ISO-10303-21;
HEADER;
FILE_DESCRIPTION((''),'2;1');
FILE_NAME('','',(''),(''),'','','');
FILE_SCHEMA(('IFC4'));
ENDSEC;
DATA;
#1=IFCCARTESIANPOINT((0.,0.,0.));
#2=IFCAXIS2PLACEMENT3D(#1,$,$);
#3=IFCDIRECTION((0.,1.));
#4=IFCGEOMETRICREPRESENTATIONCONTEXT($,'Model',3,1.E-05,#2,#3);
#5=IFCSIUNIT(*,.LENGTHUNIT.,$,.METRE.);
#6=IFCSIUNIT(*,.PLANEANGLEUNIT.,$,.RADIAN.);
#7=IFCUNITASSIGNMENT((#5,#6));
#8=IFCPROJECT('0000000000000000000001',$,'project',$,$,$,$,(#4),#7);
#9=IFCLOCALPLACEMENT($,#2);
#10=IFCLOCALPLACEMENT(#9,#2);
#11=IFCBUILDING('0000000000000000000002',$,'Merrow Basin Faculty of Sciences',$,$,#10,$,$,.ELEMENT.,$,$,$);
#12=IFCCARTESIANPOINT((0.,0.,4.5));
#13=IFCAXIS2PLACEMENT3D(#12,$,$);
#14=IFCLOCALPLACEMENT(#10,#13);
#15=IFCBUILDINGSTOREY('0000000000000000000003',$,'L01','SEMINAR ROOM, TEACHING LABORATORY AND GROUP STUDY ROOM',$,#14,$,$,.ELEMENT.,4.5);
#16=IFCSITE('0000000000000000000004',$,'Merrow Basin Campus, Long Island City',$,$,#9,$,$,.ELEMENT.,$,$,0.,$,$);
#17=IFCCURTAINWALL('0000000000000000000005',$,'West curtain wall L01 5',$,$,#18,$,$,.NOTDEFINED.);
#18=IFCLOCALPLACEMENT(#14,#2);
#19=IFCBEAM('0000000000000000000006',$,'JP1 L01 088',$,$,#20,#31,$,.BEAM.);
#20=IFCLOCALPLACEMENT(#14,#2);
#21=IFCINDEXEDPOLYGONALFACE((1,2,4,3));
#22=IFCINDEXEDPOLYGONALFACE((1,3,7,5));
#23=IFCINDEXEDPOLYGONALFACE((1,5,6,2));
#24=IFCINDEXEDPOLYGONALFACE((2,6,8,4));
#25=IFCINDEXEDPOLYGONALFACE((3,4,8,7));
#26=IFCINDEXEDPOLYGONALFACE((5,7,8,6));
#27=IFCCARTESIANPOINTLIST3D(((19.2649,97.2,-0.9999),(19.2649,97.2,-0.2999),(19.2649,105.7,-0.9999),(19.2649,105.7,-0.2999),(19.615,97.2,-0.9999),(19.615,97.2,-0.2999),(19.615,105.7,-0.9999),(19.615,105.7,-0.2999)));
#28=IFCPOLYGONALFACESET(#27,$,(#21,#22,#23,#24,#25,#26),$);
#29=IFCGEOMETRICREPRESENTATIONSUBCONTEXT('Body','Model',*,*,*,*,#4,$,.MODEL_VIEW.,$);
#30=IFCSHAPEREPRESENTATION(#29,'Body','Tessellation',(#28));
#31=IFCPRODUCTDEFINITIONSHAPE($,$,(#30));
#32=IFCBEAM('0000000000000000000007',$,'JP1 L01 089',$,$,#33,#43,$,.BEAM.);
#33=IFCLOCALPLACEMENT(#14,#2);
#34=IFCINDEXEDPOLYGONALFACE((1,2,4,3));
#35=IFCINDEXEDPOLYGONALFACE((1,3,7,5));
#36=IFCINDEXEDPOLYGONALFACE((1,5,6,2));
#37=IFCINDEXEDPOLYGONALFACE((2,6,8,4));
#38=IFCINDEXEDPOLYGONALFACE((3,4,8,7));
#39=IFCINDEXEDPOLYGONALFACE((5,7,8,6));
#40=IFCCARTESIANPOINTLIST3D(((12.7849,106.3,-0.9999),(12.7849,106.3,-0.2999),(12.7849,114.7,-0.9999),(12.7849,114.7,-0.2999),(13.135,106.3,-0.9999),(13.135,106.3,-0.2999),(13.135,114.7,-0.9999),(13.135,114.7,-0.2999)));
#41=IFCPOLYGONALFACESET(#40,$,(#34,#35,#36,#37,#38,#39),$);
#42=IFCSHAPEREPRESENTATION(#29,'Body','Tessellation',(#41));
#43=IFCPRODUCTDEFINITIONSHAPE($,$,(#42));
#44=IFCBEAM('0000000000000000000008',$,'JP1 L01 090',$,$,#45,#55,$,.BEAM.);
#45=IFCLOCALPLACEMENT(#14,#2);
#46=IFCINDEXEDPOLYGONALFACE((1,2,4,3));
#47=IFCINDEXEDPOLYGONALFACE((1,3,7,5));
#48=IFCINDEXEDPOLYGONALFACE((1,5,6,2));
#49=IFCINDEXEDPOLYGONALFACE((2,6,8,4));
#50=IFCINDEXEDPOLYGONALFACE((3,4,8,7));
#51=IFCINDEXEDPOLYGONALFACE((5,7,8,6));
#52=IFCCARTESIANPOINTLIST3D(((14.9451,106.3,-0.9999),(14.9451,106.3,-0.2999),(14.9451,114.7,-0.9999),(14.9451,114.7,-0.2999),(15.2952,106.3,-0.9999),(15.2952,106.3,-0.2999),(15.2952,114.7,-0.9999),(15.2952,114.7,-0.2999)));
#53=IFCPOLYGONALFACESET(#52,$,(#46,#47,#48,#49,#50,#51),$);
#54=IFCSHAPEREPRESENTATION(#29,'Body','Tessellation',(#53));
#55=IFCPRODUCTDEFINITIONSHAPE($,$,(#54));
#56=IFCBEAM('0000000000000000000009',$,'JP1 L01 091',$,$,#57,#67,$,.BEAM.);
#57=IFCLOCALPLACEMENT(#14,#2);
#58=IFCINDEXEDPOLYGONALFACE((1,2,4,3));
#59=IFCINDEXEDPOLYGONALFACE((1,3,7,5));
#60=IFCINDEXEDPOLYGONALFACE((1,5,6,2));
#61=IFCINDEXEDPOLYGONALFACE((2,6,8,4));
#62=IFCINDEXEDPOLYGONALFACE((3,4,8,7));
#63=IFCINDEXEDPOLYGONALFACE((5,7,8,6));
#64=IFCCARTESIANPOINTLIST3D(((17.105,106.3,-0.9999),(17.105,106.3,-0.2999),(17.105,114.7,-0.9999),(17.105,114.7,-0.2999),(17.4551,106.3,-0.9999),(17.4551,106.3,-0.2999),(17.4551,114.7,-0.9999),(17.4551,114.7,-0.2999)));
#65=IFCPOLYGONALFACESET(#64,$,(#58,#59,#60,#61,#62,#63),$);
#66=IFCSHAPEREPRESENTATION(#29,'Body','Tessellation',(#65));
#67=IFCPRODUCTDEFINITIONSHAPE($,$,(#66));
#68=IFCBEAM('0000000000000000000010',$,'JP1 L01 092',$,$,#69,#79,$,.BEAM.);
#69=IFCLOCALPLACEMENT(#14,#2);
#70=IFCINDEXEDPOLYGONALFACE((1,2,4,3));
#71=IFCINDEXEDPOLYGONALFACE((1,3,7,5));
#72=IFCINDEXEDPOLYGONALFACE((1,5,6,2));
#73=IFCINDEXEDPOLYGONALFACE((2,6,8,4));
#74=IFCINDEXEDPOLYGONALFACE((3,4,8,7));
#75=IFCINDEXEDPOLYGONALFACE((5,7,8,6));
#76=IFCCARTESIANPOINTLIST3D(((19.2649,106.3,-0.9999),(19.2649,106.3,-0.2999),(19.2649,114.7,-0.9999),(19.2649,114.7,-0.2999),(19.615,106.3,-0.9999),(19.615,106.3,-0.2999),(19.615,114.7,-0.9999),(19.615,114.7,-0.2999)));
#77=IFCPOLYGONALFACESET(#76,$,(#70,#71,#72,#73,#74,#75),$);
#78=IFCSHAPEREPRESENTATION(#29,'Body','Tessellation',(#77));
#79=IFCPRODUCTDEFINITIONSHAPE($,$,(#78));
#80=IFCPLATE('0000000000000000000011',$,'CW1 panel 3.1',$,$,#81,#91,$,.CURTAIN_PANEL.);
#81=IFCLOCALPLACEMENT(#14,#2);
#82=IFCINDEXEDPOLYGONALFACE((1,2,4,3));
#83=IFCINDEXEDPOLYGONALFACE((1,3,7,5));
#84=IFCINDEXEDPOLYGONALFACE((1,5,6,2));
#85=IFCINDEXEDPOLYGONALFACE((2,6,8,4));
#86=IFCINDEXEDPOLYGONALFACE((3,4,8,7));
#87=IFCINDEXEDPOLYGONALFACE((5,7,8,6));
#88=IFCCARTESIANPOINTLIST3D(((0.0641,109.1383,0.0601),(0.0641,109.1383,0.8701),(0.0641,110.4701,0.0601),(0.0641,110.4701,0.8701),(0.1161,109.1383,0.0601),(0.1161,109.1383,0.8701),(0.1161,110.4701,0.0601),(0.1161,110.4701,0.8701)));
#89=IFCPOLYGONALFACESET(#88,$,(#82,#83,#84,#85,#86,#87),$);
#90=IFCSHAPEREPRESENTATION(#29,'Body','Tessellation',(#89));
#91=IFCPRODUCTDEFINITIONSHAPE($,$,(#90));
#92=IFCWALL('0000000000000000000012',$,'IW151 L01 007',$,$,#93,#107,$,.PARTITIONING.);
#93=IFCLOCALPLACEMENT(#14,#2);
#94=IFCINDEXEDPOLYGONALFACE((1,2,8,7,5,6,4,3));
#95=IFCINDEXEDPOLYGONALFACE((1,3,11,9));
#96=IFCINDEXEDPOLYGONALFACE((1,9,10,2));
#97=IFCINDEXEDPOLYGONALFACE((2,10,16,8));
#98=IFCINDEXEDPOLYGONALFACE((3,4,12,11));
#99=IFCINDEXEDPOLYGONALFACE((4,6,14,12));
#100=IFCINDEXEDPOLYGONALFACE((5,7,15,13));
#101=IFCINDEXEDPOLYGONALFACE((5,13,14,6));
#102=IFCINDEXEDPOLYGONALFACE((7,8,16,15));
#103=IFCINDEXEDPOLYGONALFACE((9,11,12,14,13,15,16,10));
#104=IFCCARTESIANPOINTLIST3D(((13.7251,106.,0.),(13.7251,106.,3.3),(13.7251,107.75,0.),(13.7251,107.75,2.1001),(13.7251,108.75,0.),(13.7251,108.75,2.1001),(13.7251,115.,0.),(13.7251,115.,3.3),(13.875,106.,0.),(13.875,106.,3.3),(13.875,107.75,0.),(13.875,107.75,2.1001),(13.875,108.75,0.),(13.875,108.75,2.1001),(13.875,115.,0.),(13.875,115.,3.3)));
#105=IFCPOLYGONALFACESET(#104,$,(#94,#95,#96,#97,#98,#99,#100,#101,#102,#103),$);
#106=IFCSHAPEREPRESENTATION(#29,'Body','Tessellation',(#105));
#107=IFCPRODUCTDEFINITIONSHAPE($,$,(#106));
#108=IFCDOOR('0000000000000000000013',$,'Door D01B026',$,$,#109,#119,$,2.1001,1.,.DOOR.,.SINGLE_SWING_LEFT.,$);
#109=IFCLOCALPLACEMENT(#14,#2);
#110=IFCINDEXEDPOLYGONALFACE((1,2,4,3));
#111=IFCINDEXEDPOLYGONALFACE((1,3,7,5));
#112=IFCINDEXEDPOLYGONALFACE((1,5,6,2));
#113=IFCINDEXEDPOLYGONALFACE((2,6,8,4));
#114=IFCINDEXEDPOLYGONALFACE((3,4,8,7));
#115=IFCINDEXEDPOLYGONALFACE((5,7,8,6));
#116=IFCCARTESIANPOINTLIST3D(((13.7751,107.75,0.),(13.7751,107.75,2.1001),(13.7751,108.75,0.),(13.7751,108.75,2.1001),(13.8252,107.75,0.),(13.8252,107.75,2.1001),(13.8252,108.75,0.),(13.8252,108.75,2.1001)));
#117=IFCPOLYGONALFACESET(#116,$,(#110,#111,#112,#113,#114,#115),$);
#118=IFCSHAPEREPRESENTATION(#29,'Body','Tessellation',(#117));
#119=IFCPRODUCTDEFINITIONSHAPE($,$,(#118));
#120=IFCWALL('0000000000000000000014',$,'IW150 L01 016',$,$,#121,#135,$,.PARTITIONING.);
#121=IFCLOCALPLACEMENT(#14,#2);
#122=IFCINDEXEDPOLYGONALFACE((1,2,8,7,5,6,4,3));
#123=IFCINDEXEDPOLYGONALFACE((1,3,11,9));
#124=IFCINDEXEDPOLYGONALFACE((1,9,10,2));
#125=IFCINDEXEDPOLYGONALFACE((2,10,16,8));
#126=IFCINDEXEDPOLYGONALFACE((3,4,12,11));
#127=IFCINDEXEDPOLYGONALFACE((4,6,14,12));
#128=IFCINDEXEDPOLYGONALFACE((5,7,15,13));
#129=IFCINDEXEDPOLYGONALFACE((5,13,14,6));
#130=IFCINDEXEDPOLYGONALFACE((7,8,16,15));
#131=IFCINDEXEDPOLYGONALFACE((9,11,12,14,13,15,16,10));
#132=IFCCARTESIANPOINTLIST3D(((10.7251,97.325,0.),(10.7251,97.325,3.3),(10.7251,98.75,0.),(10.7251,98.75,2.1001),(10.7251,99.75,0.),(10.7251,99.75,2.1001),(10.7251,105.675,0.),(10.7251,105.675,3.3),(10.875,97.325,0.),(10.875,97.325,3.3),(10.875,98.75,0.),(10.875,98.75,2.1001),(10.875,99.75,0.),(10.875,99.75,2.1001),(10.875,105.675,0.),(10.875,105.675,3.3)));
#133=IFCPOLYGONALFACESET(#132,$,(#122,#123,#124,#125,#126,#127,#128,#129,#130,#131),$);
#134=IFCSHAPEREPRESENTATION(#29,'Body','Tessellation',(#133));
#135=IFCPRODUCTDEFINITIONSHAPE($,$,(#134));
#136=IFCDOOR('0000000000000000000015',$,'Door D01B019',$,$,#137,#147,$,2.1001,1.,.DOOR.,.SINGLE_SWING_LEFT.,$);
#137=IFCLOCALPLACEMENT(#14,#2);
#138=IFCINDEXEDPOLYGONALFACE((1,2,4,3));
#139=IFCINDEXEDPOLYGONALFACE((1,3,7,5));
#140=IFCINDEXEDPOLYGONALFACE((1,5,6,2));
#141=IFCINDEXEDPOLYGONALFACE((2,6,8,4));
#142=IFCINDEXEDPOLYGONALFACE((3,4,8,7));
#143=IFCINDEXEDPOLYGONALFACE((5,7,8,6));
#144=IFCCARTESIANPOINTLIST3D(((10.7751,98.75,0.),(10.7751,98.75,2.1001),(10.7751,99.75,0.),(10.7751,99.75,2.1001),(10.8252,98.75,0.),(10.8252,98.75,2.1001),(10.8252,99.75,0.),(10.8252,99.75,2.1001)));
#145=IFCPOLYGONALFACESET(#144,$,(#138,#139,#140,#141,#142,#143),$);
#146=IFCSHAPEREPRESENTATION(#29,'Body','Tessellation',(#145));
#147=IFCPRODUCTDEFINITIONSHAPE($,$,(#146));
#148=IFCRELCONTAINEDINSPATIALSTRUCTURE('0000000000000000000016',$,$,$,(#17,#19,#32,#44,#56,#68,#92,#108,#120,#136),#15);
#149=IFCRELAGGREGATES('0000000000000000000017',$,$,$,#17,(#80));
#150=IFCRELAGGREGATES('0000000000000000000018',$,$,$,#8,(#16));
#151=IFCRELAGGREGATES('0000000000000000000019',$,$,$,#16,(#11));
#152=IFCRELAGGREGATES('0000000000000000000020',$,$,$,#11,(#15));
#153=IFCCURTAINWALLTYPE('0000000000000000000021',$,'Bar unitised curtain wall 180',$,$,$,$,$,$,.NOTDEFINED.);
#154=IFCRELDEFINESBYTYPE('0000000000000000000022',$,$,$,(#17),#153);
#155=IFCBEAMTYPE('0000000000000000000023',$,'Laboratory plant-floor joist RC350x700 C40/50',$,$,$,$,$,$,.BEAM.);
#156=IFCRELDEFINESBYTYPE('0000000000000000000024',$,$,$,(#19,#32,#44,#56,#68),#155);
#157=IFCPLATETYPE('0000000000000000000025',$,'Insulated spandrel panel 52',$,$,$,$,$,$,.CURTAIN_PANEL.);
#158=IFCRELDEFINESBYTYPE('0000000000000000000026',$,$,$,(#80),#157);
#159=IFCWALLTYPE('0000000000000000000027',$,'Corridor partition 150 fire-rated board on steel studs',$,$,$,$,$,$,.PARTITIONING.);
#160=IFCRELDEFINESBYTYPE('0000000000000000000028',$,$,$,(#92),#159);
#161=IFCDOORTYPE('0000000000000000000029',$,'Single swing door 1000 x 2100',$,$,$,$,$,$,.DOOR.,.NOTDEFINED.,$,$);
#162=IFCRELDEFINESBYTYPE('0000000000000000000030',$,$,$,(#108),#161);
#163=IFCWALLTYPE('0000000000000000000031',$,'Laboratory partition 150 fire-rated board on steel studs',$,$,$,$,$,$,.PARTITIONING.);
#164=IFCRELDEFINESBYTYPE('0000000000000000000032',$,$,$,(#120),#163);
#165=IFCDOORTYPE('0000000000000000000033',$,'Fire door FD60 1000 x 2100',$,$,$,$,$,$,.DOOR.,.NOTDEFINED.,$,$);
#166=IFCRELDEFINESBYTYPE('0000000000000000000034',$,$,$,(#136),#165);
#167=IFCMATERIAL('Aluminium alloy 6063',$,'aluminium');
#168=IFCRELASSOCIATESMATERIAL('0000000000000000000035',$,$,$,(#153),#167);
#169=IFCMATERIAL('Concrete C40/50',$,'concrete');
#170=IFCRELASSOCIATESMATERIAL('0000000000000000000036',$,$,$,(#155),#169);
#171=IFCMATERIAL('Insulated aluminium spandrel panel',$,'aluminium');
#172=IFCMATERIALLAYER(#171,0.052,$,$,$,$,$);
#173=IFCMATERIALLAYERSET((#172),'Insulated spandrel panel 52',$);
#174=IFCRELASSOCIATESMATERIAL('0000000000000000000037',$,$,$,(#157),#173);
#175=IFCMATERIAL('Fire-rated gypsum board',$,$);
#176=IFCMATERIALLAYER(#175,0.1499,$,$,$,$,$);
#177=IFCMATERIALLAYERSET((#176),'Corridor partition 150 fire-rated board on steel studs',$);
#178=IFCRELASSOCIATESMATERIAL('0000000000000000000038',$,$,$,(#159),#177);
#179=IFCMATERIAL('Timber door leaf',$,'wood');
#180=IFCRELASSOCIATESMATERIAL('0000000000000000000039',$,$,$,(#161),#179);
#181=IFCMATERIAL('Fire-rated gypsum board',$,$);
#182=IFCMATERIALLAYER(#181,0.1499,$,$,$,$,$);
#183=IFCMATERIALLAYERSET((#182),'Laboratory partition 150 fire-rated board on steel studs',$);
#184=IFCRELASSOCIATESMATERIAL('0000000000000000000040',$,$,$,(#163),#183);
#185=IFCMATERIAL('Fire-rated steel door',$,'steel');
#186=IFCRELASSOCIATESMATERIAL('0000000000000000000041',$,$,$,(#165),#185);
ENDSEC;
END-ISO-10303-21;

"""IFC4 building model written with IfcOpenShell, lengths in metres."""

from ifc_helpers import new_model, si_unit, direction, frame, frame_2d, origin, origin_2d, place, context, subcontext, project, spatial, rectangle, extrude, material, layer, layer_set, material_profile, profile_set, type_object, element, fill, aggregate, save


model = new_model("IFC4")

# Units and contexts
model_context = context("Model", 3, precision=1e-05, world=origin(), true_north=direction((0.0, 1.0)))
body_context = subcontext(model_context, "Body", "Model", "MODEL_VIEW")
ifc_project = project(units=[si_unit("LENGTHUNIT", "METRE"), si_unit("PLANEANGLEUNIT", "RADIAN")], contexts=[model_context])

# Site, building, storey
site_placement = place(None, origin())
site = spatial("IfcSite", under=ifc_project, at=site_placement, Name="Merrow Basin Campus, Long Island City", CompositionType="ELEMENT", RefElevation=0.0)
building_placement = place(site_placement, origin())
building = spatial("IfcBuilding", under=site, at=building_placement, Name="Merrow Basin Faculty of Sciences", CompositionType="ELEMENT")
storey_placement = place(building_placement, frame((0.0, 0.0, 4.5)))
storey = spatial("IfcBuildingStorey", under=building, at=storey_placement, Name="L01", Description="SEMINAR ROOM, TEACHING LABORATORY AND GROUP STUDY ROOM", CompositionType="ELEMENT", Elevation=4.5)

# Curtain wall
ifc_material_1 = material(Name="Aluminium alloy 6063", Category="aluminium")
curtain_wall_type = type_object("IfcCurtainWallType", Name="Bar unitised curtain wall 180", PredefinedType="NOTDEFINED", material=ifc_material_1)
curtain_wall_1_placement = place(storey_placement, origin())
curtain_wall_1 = element("IfcCurtainWall", 1, at=curtain_wall_1_placement, inside=storey, type_object=curtain_wall_type, Name="West curtain wall L01 5", PredefinedType="NOTDEFINED")

# Beams
ifc_material_2 = material(Name="Concrete C40/50", Category="concrete")
ifc_material_profile_1 = material_profile(ifc_material_2, rectangle(XDim=0.3501, YDim=0.7, at=origin_2d()))
ifc_profile_set_1 = profile_set([ifc_material_profile_1], Name="Concrete C40/50")
beam_type_1 = type_object("IfcBeamType", Name="Laboratory plant-floor joist RC350x700 C40/50", PredefinedType="BEAM", material=ifc_profile_set_1)
beam_placement = place(storey_placement, frame((19.4399, 97.2, -0.6499), z_axis=(0.0, 1.0, 0.0), x_axis=(-1.0, 0.0, 0.0)))
element("IfcBeam", 2, at=beam_placement, inside=storey, type_object=beam_type_1, Name="JP1 L01 088", PredefinedType="BEAM", context=body_context, shape_type="SweptSolid", body=[
    extrude(rectangle(XDim=0.3501, YDim=0.7, at=origin_2d()), origin(), (0.0, 0.0, 1.0), 8.5),
])
for number, where, z_axis, x_axis, name in (
    (3, (12.96, 106.3, -0.6499), (0.0, 1.0, 0.0), (-1.0, 0.0, 0.0), "JP1 L01 089"),
    (4, (15.1201, 106.3, -0.6499), (0.0, 1.0, 0.0), (-1.0, 0.0, 0.0), "JP1 L01 090"),
    (5, (17.28, 106.3, -0.6499), (0.0, 1.0, 0.0), (-1.0, 0.0, 0.0), "JP1 L01 091"),
    (6, (19.4399, 106.3, -0.6499), (0.0, 1.0, 0.0), (-1.0, 0.0, 0.0), "JP1 L01 092"),
):
    element("IfcBeam", number, at=place(storey_placement, frame(where, z_axis=z_axis, x_axis=x_axis)), inside=storey, type_object=beam_type_1, Name=name, PredefinedType="BEAM", context=body_context, shape_type="SweptSolid", body=[
        extrude(rectangle(XDim=0.3501, YDim=0.7, at=origin_2d()), origin(), (0.0, 0.0, 1.0), 8.3999),
    ])

# Plate
ifc_material_3 = material(Name="Insulated aluminium spandrel panel", Category="aluminium")
ifc_layer_1 = layer(ifc_material_3, 0.052)
ifc_layer_set_1 = layer_set([ifc_layer_1], Name="Insulated spandrel panel 52")
plate_type = type_object("IfcPlateType", Name="Insulated spandrel panel 52", PredefinedType="CURTAIN_PANEL", material=ifc_layer_set_1)
plate_placement = place(storey_placement, frame((0.0901, 109.8042, 0.0601), z_axis=(0.0, 0.0, 1.0), x_axis=(0.0, 1.0, 0.0)))
plate = element("IfcPlate", 7, at=plate_placement, type_object=plate_type, Name="CW1 panel 3.1", PredefinedType="CURTAIN_PANEL", context=body_context, shape_type="SweptSolid", body=[
    extrude(rectangle(XDim=1.3318, YDim=0.052, at=origin_2d()), origin(), (0.0, 0.0, 1.0), 0.8101),
])
aggregate(curtain_wall_1, [plate])

# Walls, openings, doors
ifc_material_4 = material(Name="Fire-rated gypsum board")
ifc_layer_2 = layer(ifc_material_4, 0.1499)
ifc_layer_set_2 = layer_set([ifc_layer_2], Name="Corridor partition 150 fire-rated board on steel studs")
wall_type_1 = type_object("IfcWallType", Name="Corridor partition 150 fire-rated board on steel studs", PredefinedType="PARTITIONING", material=ifc_layer_set_2)
wall_1_placement = place(storey_placement, frame((13.8, 106.0, 0.0), z_axis=(0.0, 0.0, 1.0), x_axis=(0.0, 1.0, 0.0)))
wall_1 = element("IfcWall", 8, at=wall_1_placement, inside=storey, type_object=wall_type_1, Name="IW151 L01 007", PredefinedType="PARTITIONING", context=body_context, shape_type="SweptSolid", body=[
    extrude(rectangle(XDim=9.0, YDim=0.1499, at=frame_2d((4.5, 0.0))), origin(), (0.0, 0.0, 1.0), 3.3),
])
opening_1_placement = place(wall_1_placement, frame((1.75, 0.0, 0.0)))
opening_1 = element("IfcOpeningElement", 9, at=opening_1_placement, cuts=wall_1, PredefinedType="OPENING", context=body_context, shape_type="SweptSolid", body=[
    extrude(rectangle(XDim=1.0, YDim=2.1001, at=frame_2d((0.5, 1.05))), frame((0.0, 0.085, 0.0), z_axis=(0.0, -1.0, 0.0), x_axis=(1.0, 0.0, 0.0)), (0.0, 0.0, 1.0), 0.1699),
])
ifc_material_5 = material(Name="Timber door leaf", Category="wood")
door_type_1 = type_object("IfcDoorType", Name="Single swing door 1000 x 2100", OperationType="NOTDEFINED", PredefinedType="DOOR", material=ifc_material_5)
door_1_placement = place(opening_1_placement, origin())
door_1 = element("IfcDoor", 10, at=door_1_placement, inside=storey, type_object=door_type_1, Name="Door D01B026", OperationType="SINGLE_SWING_LEFT", OverallHeight=2.1001, OverallWidth=1.0, PredefinedType="DOOR", context=body_context, shape_type="SweptSolid", body=[
    extrude(rectangle(XDim=1.0, YDim=2.1001, at=frame_2d((0.5, 1.05))), frame((0.0, 0.0249, 0.0), z_axis=(0.0, -1.0, 0.0), x_axis=(1.0, 0.0, 0.0)), (0.0, 0.0, 1.0), 0.05),
])
fill(opening_1, door_1)
ifc_material_6 = material(Name="Fire-rated gypsum board")
ifc_layer_3 = layer(ifc_material_6, 0.1499)
ifc_layer_set_3 = layer_set([ifc_layer_3], Name="Laboratory partition 150 fire-rated board on steel studs")
wall_type_2 = type_object("IfcWallType", Name="Laboratory partition 150 fire-rated board on steel studs", PredefinedType="PARTITIONING", material=ifc_layer_set_3)
wall_2_placement = place(storey_placement, frame((10.8, 97.325, 0.0), z_axis=(0.0, 0.0, 1.0), x_axis=(0.0, 1.0, 0.0)))
wall_2 = element("IfcWall", 11, at=wall_2_placement, inside=storey, type_object=wall_type_2, Name="IW150 L01 016", PredefinedType="PARTITIONING", context=body_context, shape_type="SweptSolid", body=[
    extrude(rectangle(XDim=8.3501, YDim=0.1499, at=frame_2d((4.175, 0.0))), origin(), (0.0, 0.0, 1.0), 3.3),
])
opening_2_placement = place(wall_2_placement, frame((1.425, 0.0, 0.0)))
opening_2 = element("IfcOpeningElement", 12, at=opening_2_placement, cuts=wall_2, PredefinedType="OPENING", context=body_context, shape_type="SweptSolid", body=[
    extrude(rectangle(XDim=1.0, YDim=2.1001, at=frame_2d((0.5, 1.05))), frame((0.0, 0.085, 0.0), z_axis=(0.0, -1.0, 0.0), x_axis=(1.0, 0.0, 0.0)), (0.0, 0.0, 1.0), 0.1699),
])
ifc_material_7 = material(Name="Fire-rated steel door", Category="steel")
door_type_2 = type_object("IfcDoorType", Name="Fire door FD60 1000 x 2100", OperationType="NOTDEFINED", PredefinedType="DOOR", material=ifc_material_7)
door_2_placement = place(opening_2_placement, origin())
door_2 = element("IfcDoor", 13, at=door_2_placement, inside=storey, type_object=door_type_2, Name="Door D01B019", OperationType="SINGLE_SWING_LEFT", OverallHeight=2.1001, OverallWidth=1.0, PredefinedType="DOOR", context=body_context, shape_type="SweptSolid", body=[
    extrude(rectangle(XDim=1.0, YDim=2.1001, at=frame_2d((0.5, 1.05))), frame((0.0, 0.0249, 0.0), z_axis=(0.0, -1.0, 0.0), x_axis=(1.0, 0.0, 0.0)), (0.0, 0.0, 1.0), 0.05),
])
fill(opening_2, door_2)

save(model, "model.ifc")
